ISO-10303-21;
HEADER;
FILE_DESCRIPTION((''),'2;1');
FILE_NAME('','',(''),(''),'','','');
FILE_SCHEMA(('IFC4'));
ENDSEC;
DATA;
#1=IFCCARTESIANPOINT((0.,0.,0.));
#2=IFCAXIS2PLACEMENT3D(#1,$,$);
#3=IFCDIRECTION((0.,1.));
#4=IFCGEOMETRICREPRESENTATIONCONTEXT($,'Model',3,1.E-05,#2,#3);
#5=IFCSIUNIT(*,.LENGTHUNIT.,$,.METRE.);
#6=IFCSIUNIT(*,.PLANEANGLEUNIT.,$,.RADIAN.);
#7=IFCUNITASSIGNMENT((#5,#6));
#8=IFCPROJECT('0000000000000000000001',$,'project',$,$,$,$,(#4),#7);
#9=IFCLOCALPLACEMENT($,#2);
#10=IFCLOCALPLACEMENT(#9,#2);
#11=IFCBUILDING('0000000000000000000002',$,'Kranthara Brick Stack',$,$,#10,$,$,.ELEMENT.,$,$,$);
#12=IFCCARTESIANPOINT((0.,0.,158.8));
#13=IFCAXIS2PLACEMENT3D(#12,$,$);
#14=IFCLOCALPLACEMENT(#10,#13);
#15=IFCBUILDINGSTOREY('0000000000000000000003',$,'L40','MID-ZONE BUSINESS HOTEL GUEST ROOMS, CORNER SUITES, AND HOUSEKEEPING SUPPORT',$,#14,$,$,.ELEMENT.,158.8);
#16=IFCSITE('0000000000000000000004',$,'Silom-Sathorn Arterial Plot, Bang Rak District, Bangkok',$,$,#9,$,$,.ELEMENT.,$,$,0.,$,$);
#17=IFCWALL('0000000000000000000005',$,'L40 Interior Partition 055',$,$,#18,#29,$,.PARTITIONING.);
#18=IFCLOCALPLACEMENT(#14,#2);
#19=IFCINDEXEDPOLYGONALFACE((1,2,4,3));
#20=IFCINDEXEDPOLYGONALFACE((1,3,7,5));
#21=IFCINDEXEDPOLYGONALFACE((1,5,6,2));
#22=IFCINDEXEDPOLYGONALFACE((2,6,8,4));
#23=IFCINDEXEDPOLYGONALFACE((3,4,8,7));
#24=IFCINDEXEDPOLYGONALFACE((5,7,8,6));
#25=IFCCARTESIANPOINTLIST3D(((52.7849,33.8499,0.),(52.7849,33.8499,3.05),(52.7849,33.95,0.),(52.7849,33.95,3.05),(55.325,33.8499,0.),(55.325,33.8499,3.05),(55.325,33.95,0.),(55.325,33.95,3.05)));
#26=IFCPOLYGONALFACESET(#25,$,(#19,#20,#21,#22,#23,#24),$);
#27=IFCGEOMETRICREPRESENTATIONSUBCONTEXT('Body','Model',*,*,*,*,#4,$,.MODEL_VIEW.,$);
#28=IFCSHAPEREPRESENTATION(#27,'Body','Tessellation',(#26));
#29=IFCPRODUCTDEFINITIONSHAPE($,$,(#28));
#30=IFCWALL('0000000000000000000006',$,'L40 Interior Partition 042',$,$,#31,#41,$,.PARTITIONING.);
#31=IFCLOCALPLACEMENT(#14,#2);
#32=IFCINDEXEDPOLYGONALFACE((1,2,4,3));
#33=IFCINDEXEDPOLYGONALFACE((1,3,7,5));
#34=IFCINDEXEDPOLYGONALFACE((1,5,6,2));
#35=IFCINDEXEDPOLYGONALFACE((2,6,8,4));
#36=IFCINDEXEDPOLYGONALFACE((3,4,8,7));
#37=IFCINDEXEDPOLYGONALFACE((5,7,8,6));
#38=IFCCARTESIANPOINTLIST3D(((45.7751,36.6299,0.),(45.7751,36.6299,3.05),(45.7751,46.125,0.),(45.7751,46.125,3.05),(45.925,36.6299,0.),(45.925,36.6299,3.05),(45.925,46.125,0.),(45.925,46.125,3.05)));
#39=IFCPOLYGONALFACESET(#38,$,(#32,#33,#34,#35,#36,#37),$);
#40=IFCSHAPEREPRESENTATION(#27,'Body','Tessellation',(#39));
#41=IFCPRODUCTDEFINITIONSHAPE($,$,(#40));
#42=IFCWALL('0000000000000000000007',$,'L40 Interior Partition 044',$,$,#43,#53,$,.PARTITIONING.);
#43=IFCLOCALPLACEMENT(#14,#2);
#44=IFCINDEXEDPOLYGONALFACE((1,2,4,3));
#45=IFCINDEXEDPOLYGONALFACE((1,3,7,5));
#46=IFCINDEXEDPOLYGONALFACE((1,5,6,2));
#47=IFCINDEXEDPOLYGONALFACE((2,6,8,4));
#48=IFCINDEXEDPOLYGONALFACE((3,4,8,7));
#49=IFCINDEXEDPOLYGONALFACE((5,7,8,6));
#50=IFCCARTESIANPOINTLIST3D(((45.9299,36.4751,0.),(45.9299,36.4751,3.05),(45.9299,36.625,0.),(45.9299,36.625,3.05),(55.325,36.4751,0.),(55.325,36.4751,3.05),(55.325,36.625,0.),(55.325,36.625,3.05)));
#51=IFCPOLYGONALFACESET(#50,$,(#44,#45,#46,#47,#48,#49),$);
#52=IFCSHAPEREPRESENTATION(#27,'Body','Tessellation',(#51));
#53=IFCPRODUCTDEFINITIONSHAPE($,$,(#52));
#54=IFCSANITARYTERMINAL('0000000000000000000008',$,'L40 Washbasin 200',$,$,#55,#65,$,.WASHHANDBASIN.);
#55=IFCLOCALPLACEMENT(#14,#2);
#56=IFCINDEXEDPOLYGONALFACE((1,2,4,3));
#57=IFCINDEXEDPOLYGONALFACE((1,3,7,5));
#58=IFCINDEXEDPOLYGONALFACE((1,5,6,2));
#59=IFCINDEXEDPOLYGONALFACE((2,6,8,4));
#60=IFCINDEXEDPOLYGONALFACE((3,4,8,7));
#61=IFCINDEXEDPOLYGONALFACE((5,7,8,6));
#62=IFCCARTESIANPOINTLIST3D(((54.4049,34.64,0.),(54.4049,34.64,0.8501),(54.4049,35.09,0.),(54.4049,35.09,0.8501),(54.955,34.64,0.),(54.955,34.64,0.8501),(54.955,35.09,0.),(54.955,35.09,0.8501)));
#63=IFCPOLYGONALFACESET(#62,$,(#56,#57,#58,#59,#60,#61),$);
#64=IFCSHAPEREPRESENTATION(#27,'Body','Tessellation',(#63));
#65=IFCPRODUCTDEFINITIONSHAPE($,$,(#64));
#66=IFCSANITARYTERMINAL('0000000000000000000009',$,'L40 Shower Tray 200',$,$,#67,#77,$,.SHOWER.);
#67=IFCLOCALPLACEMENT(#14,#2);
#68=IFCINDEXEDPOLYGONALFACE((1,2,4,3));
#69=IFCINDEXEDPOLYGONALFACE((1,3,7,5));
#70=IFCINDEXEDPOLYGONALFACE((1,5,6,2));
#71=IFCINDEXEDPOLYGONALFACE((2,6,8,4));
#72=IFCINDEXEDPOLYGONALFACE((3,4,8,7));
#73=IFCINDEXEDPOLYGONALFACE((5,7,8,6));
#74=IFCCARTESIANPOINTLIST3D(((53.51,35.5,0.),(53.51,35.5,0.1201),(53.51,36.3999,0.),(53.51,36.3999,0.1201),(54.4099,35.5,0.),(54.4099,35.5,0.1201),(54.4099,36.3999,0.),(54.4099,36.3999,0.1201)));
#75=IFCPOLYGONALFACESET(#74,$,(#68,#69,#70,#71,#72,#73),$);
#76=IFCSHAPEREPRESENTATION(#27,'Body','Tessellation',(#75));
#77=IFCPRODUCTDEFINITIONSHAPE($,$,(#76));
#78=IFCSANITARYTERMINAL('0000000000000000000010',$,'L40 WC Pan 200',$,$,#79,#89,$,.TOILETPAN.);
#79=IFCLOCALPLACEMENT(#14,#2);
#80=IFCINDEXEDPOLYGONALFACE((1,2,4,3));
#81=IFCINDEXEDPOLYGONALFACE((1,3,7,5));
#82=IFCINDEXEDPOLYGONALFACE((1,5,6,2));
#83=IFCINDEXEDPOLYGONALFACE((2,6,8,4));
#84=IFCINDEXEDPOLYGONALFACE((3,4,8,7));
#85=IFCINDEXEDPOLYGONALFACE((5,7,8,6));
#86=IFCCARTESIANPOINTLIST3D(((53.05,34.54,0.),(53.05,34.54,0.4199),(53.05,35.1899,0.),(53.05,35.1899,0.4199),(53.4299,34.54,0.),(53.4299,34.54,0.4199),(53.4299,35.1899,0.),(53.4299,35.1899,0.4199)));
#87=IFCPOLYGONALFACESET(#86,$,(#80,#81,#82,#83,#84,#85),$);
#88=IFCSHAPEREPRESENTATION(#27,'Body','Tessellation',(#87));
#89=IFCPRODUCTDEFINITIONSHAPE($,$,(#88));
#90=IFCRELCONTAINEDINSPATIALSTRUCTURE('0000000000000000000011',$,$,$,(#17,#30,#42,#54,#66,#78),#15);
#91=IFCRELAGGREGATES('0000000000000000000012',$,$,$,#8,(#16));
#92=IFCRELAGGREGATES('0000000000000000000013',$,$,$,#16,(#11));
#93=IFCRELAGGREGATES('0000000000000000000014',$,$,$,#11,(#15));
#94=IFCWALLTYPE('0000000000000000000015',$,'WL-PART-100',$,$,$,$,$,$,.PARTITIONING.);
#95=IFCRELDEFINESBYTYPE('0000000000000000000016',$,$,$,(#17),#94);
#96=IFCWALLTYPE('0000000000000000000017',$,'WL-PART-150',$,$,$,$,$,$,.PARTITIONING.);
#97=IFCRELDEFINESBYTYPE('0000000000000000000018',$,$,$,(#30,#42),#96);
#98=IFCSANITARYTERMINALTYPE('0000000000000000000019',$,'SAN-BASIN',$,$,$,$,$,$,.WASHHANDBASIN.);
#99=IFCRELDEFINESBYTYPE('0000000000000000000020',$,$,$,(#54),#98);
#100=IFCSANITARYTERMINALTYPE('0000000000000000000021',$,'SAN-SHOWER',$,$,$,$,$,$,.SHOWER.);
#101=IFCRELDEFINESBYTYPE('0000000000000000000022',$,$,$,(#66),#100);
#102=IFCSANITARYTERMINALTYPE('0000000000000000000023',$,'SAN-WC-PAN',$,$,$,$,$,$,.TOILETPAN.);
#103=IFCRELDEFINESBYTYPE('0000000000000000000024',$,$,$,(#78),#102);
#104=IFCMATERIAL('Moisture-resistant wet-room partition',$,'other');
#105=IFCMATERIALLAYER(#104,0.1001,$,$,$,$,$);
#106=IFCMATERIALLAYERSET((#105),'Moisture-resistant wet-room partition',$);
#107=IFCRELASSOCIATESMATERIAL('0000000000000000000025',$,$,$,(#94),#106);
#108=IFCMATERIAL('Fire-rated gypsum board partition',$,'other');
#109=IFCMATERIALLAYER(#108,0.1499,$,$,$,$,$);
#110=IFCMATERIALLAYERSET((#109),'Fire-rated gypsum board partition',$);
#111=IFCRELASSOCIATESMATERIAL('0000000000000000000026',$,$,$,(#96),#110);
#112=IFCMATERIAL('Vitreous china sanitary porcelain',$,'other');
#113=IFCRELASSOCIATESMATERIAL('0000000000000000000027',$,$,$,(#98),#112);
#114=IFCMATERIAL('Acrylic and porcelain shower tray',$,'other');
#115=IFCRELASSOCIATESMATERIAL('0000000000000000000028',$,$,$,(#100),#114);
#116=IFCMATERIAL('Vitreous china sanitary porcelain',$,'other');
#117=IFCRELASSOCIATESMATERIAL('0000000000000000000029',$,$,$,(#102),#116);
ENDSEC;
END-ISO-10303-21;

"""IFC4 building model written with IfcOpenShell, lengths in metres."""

from ifc_helpers import new_model, si_unit, direction, frame, frame_2d, origin, origin_2d, place, context, subcontext, project, spatial, rectangle, extrude, material, layer, layer_set, type_object, element, save


model = new_model("IFC4")

# Units and contexts
model_context = context("Model", 3, precision=1e-05, world=origin(), true_north=direction((0.0, 1.0)))
body_context = subcontext(model_context, "Body", "Model", "MODEL_VIEW")
ifc_project = project(units=[si_unit("LENGTHUNIT", "METRE"), si_unit("PLANEANGLEUNIT", "RADIAN")], contexts=[model_context])

# Site, building, storey
site_placement = place(None, origin())
site = spatial("IfcSite", under=ifc_project, at=site_placement, Name="Silom-Sathorn Arterial Plot, Bang Rak District, Bangkok", CompositionType="ELEMENT", RefElevation=0.0)
building_placement = place(site_placement, origin())
building = spatial("IfcBuilding", under=site, at=building_placement, Name="Kranthara Brick Stack", CompositionType="ELEMENT")
storey_placement = place(building_placement, frame((0.0, 0.0, 158.8)))
storey = spatial("IfcBuildingStorey", under=building, at=storey_placement, Name="L40", Description="MID-ZONE BUSINESS HOTEL GUEST ROOMS, CORNER SUITES, AND HOUSEKEEPING SUPPORT", CompositionType="ELEMENT", Elevation=158.8)

# Shared definitions
ifc_material_1 = material(Name="Moisture-resistant wet-room partition", Category="other")
ifc_layer_1 = layer(ifc_material_1, 0.1001)
ifc_layer_set_1 = layer_set([ifc_layer_1], Name="Moisture-resistant wet-room partition")
wall_type_1 = type_object("IfcWallType", Name="WL-PART-100", PredefinedType="PARTITIONING", material=ifc_layer_set_1)

# Walls
wall_1_placement = place(storey_placement, frame((52.7849, 33.8999, 0.0), z_axis=(0.0, 0.0, 1.0), x_axis=(1.0, 0.0, 0.0)))
element("IfcWall", 1, at=wall_1_placement, inside=storey, type_object=wall_type_1, Name="L40 Interior Partition 055", PredefinedType="PARTITIONING", context=body_context, shape_type="SweptSolid", body=[
    extrude(rectangle(XDim=2.54, YDim=0.1001, at=frame_2d((1.27, 0.0))), origin(), (0.0, 0.0, 1.0), 3.05),
])
ifc_material_2 = material(Name="Fire-rated gypsum board partition", Category="other")
ifc_layer_2 = layer(ifc_material_2, 0.1499)
ifc_layer_set_2 = layer_set([ifc_layer_2], Name="Fire-rated gypsum board partition")
wall_type_2 = type_object("IfcWallType", Name="WL-PART-150", PredefinedType="PARTITIONING", material=ifc_layer_set_2)
wall_2_placement = place(storey_placement, frame((45.8501, 36.6299, 0.0), z_axis=(0.0, 0.0, 1.0), x_axis=(0.0, 1.0, 0.0)))
element("IfcWall", 2, at=wall_2_placement, inside=storey, type_object=wall_type_2, Name="L40 Interior Partition 042", PredefinedType="PARTITIONING", context=body_context, shape_type="SweptSolid", body=[
    extrude(rectangle(XDim=9.4951, YDim=0.1499, at=frame_2d((4.7476, 0.0))), origin(), (0.0, 0.0, 1.0), 3.05),
])
wall_3_placement = place(storey_placement, frame((45.9299, 36.55, 0.0), z_axis=(0.0, 0.0, 1.0), x_axis=(1.0, 0.0, 0.0)))
element("IfcWall", 3, at=wall_3_placement, inside=storey, type_object=wall_type_2, Name="L40 Interior Partition 044", PredefinedType="PARTITIONING", context=body_context, shape_type="SweptSolid", body=[
    extrude(rectangle(XDim=9.395, YDim=0.1499, at=frame_2d((4.6975, 0.0))), origin(), (0.0, 0.0, 1.0), 3.05),
])

# Sanitary terminals
ifc_material_3 = material(Name="Vitreous china sanitary porcelain", Category="other")
sanitary_terminal_type_1 = type_object("IfcSanitaryTerminalType", Name="SAN-BASIN", PredefinedType="WASHHANDBASIN", material=ifc_material_3)
sanitary_terminal_1_placement = place(storey_placement, frame((54.6799, 34.865, 0.0), z_axis=(0.0, 0.0, 1.0), x_axis=(1.0, 0.0, 0.0)))
element("IfcSanitaryTerminal", 4, at=sanitary_terminal_1_placement, inside=storey, type_object=sanitary_terminal_type_1, Name="L40 Washbasin 200", PredefinedType="WASHHANDBASIN", context=body_context, shape_type="SweptSolid", body=[
    extrude(rectangle(XDim=0.55, YDim=0.45, at=origin_2d()), origin(), (0.0, 0.0, 1.0), 0.8501),
])
ifc_material_4 = material(Name="Acrylic and porcelain shower tray", Category="other")
sanitary_terminal_type_2 = type_object("IfcSanitaryTerminalType", Name="SAN-SHOWER", PredefinedType="SHOWER", material=ifc_material_4)
sanitary_terminal_2_placement = place(storey_placement, frame((53.96, 35.95, 0.0), z_axis=(0.0, 0.0, 1.0), x_axis=(1.0, 0.0, 0.0)))
element("IfcSanitaryTerminal", 5, at=sanitary_terminal_2_placement, inside=storey, type_object=sanitary_terminal_type_2, Name="L40 Shower Tray 200", PredefinedType="SHOWER", context=body_context, shape_type="SweptSolid", body=[
    extrude(rectangle(XDim=0.8999, YDim=0.8999, at=origin_2d()), origin(), (0.0, 0.0, 1.0), 0.1201),
])
ifc_material_5 = material(Name="Vitreous china sanitary porcelain", Category="other")
sanitary_terminal_type_3 = type_object("IfcSanitaryTerminalType", Name="SAN-WC-PAN", PredefinedType="TOILETPAN", material=ifc_material_5)
sanitary_terminal_3_placement = place(storey_placement, frame((53.24, 34.865, 0.0), z_axis=(0.0, 0.0, 1.0), x_axis=(1.0, 0.0, 0.0)))
element("IfcSanitaryTerminal", 6, at=sanitary_terminal_3_placement, inside=storey, type_object=sanitary_terminal_type_3, Name="L40 WC Pan 200", PredefinedType="TOILETPAN", context=body_context, shape_type="SweptSolid", body=[
    extrude(rectangle(XDim=0.3799, YDim=0.6499, at=origin_2d()), origin(), (0.0, 0.0, 1.0), 0.4199),
])

save(model, "model.ifc")
